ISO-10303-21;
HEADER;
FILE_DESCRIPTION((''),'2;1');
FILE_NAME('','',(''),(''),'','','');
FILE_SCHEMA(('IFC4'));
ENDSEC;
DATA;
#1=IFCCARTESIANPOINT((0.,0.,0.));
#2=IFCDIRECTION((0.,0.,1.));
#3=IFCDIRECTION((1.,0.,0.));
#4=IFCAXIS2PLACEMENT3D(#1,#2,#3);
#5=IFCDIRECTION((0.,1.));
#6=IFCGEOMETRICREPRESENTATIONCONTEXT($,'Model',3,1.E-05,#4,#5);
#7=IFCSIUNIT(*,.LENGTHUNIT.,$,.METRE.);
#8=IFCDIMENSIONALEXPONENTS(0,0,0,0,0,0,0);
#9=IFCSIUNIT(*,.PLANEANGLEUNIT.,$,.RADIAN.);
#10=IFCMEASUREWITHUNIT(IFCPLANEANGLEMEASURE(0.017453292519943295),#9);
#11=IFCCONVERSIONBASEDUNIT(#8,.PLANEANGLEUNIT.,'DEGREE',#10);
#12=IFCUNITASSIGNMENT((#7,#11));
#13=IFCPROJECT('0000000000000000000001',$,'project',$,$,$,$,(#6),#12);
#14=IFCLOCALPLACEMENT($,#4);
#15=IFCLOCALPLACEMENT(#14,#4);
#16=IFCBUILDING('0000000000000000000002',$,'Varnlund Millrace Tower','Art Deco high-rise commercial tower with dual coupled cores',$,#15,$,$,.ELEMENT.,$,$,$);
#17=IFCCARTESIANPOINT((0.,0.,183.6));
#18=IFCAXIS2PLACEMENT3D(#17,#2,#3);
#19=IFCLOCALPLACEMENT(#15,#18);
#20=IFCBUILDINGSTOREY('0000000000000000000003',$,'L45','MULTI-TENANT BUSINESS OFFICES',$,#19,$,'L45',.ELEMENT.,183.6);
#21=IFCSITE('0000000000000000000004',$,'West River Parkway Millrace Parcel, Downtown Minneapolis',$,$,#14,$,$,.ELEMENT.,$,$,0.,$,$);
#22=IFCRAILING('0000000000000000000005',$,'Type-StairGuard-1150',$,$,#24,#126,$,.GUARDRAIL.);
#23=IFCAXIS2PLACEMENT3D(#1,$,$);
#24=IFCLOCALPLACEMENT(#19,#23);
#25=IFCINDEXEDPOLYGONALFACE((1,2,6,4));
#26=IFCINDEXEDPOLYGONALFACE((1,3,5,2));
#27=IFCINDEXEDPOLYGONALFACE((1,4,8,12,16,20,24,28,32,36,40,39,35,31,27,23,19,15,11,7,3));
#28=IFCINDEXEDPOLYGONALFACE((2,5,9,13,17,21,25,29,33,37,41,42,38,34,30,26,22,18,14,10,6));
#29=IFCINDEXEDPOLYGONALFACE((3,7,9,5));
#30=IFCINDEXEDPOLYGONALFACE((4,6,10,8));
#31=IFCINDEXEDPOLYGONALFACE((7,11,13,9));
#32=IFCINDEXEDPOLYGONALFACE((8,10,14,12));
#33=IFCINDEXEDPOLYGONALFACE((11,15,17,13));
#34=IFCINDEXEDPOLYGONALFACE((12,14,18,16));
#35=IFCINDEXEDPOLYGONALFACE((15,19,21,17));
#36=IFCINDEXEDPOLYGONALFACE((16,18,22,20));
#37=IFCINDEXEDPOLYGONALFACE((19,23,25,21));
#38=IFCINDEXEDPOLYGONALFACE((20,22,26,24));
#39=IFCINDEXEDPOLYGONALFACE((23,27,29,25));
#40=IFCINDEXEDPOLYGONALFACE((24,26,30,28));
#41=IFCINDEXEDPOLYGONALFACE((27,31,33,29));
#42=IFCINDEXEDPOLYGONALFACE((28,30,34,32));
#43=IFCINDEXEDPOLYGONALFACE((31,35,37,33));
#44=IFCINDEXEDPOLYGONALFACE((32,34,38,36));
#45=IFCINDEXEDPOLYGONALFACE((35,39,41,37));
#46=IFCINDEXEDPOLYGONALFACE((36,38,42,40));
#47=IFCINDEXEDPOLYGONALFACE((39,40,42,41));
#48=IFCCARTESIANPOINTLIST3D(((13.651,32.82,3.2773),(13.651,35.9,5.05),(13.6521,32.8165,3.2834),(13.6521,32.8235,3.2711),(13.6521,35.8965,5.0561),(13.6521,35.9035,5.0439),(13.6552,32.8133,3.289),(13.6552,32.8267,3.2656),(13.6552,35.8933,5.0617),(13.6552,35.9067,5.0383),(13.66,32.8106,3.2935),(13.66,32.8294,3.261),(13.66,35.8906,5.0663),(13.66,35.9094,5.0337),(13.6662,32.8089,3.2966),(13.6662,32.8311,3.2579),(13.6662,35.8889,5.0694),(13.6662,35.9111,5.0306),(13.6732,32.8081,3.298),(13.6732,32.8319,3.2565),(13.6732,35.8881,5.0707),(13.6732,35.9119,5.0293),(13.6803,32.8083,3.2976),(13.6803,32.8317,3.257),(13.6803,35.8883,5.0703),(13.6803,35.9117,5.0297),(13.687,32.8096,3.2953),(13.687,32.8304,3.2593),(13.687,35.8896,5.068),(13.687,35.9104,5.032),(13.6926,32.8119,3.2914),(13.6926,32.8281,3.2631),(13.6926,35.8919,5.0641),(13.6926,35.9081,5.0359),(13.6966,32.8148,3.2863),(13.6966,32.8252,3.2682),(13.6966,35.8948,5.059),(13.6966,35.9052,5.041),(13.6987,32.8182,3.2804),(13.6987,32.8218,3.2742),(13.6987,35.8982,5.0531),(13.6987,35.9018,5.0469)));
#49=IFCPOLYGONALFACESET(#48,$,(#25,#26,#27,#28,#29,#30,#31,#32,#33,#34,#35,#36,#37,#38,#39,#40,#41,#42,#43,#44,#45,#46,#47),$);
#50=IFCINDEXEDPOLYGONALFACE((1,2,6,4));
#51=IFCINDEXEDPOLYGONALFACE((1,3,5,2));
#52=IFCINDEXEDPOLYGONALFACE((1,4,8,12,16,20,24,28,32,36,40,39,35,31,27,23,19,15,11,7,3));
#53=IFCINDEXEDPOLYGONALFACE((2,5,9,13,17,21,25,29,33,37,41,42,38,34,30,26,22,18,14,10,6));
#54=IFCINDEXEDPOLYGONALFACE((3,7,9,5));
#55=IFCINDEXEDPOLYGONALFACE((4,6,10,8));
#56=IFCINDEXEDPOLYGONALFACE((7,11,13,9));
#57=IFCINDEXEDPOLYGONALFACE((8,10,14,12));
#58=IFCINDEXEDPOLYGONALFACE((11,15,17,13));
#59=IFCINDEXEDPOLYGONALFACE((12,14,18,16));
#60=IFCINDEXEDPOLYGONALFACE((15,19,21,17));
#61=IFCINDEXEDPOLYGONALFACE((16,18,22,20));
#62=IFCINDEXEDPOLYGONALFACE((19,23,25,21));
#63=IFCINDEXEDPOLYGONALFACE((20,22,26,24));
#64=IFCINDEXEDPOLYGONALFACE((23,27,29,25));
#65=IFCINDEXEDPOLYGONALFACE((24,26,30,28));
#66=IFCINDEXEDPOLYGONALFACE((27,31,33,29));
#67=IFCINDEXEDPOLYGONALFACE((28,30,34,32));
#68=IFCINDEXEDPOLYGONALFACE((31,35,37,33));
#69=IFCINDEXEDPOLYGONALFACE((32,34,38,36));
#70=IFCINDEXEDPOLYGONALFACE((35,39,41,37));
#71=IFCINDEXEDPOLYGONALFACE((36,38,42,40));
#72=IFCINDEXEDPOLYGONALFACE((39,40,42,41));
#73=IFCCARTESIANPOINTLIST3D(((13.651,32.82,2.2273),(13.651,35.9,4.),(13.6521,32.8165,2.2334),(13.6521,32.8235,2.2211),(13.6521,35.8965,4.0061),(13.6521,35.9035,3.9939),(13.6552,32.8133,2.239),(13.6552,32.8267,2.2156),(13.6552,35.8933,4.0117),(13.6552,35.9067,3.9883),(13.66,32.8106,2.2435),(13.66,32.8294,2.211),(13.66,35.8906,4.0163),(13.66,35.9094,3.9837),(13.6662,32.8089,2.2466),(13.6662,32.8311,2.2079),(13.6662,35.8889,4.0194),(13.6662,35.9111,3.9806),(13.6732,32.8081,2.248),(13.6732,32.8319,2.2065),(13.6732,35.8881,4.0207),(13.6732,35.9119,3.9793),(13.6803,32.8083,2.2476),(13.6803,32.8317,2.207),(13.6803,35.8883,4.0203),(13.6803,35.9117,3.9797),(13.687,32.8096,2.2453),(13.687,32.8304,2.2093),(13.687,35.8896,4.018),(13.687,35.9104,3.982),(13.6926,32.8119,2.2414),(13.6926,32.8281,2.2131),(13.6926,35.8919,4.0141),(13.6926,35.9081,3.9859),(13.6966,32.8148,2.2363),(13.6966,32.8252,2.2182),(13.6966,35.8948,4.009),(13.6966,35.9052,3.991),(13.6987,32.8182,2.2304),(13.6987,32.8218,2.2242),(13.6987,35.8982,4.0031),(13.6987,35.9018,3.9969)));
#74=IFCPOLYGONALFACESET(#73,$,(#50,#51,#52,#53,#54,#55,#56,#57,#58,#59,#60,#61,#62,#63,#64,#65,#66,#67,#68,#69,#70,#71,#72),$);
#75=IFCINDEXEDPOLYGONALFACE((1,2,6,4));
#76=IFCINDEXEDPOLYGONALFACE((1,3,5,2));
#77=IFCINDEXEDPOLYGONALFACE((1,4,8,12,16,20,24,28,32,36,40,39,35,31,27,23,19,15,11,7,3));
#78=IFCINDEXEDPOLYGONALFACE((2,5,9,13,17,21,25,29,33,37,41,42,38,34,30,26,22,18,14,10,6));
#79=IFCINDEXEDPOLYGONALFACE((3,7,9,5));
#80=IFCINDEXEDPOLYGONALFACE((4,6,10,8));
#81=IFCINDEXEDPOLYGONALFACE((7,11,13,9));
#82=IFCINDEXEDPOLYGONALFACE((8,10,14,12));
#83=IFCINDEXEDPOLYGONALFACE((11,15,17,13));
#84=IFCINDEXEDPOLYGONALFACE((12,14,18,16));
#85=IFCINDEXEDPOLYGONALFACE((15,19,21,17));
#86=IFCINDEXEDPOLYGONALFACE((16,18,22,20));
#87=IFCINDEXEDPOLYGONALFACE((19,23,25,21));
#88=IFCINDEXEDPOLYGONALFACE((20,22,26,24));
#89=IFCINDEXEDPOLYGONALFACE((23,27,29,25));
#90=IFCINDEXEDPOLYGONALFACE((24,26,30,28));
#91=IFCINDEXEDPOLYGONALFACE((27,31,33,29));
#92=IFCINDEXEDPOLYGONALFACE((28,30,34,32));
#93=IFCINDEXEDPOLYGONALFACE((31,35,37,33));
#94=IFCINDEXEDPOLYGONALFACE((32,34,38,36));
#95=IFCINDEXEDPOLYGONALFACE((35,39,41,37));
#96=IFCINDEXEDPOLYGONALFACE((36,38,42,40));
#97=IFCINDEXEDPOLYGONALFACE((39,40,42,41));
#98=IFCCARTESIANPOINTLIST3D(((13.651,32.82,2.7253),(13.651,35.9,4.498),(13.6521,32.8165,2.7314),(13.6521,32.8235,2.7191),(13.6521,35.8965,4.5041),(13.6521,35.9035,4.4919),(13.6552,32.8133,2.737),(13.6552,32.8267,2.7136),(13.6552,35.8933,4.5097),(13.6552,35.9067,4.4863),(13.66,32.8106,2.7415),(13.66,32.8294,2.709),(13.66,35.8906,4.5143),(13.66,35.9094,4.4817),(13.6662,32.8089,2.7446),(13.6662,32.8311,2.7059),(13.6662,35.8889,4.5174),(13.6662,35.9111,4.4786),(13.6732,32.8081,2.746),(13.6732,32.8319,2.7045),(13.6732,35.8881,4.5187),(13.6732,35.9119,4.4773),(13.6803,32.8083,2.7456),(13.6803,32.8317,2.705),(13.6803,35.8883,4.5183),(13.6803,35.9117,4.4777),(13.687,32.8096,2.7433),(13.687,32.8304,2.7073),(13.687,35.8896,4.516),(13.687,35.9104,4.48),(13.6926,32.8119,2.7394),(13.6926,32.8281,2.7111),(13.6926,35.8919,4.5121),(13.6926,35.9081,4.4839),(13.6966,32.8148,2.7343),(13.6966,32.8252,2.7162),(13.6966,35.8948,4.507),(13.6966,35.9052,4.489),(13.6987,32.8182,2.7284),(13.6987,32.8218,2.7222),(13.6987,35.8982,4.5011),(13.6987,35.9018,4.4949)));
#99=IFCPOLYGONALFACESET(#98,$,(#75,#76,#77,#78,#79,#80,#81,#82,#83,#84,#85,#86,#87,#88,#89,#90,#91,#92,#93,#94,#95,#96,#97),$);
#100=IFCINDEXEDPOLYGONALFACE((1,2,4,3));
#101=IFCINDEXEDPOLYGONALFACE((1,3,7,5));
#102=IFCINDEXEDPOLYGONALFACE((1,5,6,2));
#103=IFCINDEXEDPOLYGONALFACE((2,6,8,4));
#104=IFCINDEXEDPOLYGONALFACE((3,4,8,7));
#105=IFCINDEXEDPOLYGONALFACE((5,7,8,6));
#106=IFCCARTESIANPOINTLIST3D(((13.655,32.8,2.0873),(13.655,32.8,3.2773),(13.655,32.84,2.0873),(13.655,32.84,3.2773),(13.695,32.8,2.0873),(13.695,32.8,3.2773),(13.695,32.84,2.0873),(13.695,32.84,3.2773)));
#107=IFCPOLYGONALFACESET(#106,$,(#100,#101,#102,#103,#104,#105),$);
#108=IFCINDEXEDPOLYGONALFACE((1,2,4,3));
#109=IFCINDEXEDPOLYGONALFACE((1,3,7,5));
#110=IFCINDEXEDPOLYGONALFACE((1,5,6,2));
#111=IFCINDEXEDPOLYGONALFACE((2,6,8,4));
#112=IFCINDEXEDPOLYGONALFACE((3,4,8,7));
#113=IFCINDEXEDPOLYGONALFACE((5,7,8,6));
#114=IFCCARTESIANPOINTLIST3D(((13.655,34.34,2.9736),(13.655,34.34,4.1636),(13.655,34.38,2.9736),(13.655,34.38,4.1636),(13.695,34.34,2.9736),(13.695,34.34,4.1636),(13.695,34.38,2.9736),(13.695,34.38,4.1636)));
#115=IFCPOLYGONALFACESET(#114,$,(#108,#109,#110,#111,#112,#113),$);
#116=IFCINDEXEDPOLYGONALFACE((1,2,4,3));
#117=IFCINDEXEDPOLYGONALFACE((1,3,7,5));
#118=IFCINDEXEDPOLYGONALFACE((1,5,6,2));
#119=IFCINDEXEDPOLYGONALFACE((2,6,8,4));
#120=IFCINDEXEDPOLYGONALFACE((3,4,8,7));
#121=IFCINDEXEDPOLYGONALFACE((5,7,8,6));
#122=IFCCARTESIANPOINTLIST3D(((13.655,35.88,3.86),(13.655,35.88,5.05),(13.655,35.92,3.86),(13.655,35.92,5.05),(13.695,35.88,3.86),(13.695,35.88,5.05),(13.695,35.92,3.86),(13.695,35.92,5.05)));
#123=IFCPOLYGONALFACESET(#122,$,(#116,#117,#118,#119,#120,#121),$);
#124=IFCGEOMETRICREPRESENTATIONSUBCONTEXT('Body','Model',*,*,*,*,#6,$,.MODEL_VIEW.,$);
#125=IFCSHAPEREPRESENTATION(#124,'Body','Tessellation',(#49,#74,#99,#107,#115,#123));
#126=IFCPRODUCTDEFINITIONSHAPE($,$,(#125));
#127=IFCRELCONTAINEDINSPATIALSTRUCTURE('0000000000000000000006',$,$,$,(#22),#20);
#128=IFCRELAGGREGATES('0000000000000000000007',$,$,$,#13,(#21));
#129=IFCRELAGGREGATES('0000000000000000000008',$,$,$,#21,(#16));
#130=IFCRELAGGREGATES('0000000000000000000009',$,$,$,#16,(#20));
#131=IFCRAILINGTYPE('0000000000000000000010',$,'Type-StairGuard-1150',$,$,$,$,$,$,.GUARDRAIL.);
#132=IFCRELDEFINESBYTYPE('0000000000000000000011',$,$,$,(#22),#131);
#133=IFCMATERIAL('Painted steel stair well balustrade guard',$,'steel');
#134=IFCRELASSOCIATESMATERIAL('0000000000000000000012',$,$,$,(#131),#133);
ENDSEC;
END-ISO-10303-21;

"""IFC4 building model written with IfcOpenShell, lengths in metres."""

from ifc_helpers import new_model, entity, si_unit, converted_unit, direction, frame, origin_with_axes, origin_2d_with_axis, place, context, subcontext, project, spatial, rectangle, circle, extrude, material, type_object, element, save


model = new_model("IFC4")

# Units and contexts
model_context = context("Model", 3, precision=1e-05, world=origin_with_axes(), true_north=direction((0.0, 1.0)))
body_context = subcontext(model_context, "Body", "Model", "MODEL_VIEW")
ifc_project = project(units=[si_unit("LENGTHUNIT", "METRE"), converted_unit("PLANEANGLEUNIT", "DEGREE", entity("IfcPlaneAngleMeasure", 0.017453292519943295), si_unit("PLANEANGLEUNIT", "RADIAN"), dimensions=[0, 0, 0, 0, 0, 0, 0])], contexts=[model_context])

# Site, building, storey
site_placement = place(None, origin_with_axes())
site = spatial("IfcSite", under=ifc_project, at=site_placement, Name="West River Parkway Millrace Parcel, Downtown Minneapolis", CompositionType="ELEMENT", RefElevation=0.0)
building_placement = place(site_placement, origin_with_axes())
building = spatial("IfcBuilding", under=site, at=building_placement, Name="Varnlund Millrace Tower", Description="Art Deco high-rise commercial tower with dual coupled cores", CompositionType="ELEMENT")
storey_placement = place(building_placement, frame((0.0, 0.0, 183.6), z_axis=(0.0, 0.0, 1.0), x_axis=(1.0, 0.0, 0.0)))
storey = spatial("IfcBuildingStorey", under=building, at=storey_placement, Name="L45", Description="MULTI-TENANT BUSINESS OFFICES", LongName="L45", CompositionType="ELEMENT", Elevation=183.6)

# Railing
ifc_material_1 = material(Name="Painted steel stair well balustrade guard", Category="steel")
railing_type_1 = type_object("IfcRailingType", Name="Type-StairGuard-1150", PredefinedType="GUARDRAIL", material=ifc_material_1)
railing_1_placement = place(storey_placement, frame((0.0, 0.0, -183.6), z_axis=(0.0, 0.0, 1.0), x_axis=(1.0, 0.0, 0.0)))
element("IfcRailing", 1, at=railing_1_placement, inside=storey, type_object=railing_type_1, Name="Type-StairGuard-1150", PredefinedType="GUARDRAIL", context=body_context, shape_type="SweptSolid", body=[
    extrude(circle(Radius=0.024, at=origin_2d_with_axis()), frame((13.675, 32.82, 186.8773), z_axis=(0.0, 0.866696, 0.498836), x_axis=(-1.0, 0.0, 0.0)), (0.0, 0.0, 1.0), 3.5537),
    extrude(circle(Radius=0.024, at=origin_2d_with_axis()), frame((13.675, 32.82, 185.8273), z_axis=(0.0, 0.866696, 0.498836), x_axis=(-1.0, 0.0, 0.0)), (0.0, 0.0, 1.0), 3.5537),
    extrude(circle(Radius=0.024, at=origin_2d_with_axis()), frame((13.675, 32.82, 186.3253), z_axis=(0.0, 0.866696, 0.498836), x_axis=(-1.0, 0.0, 0.0)), (0.0, 0.0, 1.0), 3.5537),
    extrude(rectangle(XDim=0.04, YDim=0.04, at=origin_2d_with_axis()), frame((13.675, 32.82, 185.6873), z_axis=(0.0, 0.0, 1.0), x_axis=(1.0, 0.0, 0.0)), (0.0, 0.0, 1.0), 1.19),
    extrude(rectangle(XDim=0.04, YDim=0.04, at=origin_2d_with_axis()), frame((13.675, 34.36, 186.5736), z_axis=(0.0, 0.0, 1.0), x_axis=(1.0, 0.0, 0.0)), (0.0, 0.0, 1.0), 1.19),
    extrude(rectangle(XDim=0.04, YDim=0.04, at=origin_2d_with_axis()), frame((13.675, 35.9, 187.46), z_axis=(0.0, 0.0, 1.0), x_axis=(1.0, 0.0, 0.0)), (0.0, 0.0, 1.0), 1.19),
])

save(model, "model.ifc")
